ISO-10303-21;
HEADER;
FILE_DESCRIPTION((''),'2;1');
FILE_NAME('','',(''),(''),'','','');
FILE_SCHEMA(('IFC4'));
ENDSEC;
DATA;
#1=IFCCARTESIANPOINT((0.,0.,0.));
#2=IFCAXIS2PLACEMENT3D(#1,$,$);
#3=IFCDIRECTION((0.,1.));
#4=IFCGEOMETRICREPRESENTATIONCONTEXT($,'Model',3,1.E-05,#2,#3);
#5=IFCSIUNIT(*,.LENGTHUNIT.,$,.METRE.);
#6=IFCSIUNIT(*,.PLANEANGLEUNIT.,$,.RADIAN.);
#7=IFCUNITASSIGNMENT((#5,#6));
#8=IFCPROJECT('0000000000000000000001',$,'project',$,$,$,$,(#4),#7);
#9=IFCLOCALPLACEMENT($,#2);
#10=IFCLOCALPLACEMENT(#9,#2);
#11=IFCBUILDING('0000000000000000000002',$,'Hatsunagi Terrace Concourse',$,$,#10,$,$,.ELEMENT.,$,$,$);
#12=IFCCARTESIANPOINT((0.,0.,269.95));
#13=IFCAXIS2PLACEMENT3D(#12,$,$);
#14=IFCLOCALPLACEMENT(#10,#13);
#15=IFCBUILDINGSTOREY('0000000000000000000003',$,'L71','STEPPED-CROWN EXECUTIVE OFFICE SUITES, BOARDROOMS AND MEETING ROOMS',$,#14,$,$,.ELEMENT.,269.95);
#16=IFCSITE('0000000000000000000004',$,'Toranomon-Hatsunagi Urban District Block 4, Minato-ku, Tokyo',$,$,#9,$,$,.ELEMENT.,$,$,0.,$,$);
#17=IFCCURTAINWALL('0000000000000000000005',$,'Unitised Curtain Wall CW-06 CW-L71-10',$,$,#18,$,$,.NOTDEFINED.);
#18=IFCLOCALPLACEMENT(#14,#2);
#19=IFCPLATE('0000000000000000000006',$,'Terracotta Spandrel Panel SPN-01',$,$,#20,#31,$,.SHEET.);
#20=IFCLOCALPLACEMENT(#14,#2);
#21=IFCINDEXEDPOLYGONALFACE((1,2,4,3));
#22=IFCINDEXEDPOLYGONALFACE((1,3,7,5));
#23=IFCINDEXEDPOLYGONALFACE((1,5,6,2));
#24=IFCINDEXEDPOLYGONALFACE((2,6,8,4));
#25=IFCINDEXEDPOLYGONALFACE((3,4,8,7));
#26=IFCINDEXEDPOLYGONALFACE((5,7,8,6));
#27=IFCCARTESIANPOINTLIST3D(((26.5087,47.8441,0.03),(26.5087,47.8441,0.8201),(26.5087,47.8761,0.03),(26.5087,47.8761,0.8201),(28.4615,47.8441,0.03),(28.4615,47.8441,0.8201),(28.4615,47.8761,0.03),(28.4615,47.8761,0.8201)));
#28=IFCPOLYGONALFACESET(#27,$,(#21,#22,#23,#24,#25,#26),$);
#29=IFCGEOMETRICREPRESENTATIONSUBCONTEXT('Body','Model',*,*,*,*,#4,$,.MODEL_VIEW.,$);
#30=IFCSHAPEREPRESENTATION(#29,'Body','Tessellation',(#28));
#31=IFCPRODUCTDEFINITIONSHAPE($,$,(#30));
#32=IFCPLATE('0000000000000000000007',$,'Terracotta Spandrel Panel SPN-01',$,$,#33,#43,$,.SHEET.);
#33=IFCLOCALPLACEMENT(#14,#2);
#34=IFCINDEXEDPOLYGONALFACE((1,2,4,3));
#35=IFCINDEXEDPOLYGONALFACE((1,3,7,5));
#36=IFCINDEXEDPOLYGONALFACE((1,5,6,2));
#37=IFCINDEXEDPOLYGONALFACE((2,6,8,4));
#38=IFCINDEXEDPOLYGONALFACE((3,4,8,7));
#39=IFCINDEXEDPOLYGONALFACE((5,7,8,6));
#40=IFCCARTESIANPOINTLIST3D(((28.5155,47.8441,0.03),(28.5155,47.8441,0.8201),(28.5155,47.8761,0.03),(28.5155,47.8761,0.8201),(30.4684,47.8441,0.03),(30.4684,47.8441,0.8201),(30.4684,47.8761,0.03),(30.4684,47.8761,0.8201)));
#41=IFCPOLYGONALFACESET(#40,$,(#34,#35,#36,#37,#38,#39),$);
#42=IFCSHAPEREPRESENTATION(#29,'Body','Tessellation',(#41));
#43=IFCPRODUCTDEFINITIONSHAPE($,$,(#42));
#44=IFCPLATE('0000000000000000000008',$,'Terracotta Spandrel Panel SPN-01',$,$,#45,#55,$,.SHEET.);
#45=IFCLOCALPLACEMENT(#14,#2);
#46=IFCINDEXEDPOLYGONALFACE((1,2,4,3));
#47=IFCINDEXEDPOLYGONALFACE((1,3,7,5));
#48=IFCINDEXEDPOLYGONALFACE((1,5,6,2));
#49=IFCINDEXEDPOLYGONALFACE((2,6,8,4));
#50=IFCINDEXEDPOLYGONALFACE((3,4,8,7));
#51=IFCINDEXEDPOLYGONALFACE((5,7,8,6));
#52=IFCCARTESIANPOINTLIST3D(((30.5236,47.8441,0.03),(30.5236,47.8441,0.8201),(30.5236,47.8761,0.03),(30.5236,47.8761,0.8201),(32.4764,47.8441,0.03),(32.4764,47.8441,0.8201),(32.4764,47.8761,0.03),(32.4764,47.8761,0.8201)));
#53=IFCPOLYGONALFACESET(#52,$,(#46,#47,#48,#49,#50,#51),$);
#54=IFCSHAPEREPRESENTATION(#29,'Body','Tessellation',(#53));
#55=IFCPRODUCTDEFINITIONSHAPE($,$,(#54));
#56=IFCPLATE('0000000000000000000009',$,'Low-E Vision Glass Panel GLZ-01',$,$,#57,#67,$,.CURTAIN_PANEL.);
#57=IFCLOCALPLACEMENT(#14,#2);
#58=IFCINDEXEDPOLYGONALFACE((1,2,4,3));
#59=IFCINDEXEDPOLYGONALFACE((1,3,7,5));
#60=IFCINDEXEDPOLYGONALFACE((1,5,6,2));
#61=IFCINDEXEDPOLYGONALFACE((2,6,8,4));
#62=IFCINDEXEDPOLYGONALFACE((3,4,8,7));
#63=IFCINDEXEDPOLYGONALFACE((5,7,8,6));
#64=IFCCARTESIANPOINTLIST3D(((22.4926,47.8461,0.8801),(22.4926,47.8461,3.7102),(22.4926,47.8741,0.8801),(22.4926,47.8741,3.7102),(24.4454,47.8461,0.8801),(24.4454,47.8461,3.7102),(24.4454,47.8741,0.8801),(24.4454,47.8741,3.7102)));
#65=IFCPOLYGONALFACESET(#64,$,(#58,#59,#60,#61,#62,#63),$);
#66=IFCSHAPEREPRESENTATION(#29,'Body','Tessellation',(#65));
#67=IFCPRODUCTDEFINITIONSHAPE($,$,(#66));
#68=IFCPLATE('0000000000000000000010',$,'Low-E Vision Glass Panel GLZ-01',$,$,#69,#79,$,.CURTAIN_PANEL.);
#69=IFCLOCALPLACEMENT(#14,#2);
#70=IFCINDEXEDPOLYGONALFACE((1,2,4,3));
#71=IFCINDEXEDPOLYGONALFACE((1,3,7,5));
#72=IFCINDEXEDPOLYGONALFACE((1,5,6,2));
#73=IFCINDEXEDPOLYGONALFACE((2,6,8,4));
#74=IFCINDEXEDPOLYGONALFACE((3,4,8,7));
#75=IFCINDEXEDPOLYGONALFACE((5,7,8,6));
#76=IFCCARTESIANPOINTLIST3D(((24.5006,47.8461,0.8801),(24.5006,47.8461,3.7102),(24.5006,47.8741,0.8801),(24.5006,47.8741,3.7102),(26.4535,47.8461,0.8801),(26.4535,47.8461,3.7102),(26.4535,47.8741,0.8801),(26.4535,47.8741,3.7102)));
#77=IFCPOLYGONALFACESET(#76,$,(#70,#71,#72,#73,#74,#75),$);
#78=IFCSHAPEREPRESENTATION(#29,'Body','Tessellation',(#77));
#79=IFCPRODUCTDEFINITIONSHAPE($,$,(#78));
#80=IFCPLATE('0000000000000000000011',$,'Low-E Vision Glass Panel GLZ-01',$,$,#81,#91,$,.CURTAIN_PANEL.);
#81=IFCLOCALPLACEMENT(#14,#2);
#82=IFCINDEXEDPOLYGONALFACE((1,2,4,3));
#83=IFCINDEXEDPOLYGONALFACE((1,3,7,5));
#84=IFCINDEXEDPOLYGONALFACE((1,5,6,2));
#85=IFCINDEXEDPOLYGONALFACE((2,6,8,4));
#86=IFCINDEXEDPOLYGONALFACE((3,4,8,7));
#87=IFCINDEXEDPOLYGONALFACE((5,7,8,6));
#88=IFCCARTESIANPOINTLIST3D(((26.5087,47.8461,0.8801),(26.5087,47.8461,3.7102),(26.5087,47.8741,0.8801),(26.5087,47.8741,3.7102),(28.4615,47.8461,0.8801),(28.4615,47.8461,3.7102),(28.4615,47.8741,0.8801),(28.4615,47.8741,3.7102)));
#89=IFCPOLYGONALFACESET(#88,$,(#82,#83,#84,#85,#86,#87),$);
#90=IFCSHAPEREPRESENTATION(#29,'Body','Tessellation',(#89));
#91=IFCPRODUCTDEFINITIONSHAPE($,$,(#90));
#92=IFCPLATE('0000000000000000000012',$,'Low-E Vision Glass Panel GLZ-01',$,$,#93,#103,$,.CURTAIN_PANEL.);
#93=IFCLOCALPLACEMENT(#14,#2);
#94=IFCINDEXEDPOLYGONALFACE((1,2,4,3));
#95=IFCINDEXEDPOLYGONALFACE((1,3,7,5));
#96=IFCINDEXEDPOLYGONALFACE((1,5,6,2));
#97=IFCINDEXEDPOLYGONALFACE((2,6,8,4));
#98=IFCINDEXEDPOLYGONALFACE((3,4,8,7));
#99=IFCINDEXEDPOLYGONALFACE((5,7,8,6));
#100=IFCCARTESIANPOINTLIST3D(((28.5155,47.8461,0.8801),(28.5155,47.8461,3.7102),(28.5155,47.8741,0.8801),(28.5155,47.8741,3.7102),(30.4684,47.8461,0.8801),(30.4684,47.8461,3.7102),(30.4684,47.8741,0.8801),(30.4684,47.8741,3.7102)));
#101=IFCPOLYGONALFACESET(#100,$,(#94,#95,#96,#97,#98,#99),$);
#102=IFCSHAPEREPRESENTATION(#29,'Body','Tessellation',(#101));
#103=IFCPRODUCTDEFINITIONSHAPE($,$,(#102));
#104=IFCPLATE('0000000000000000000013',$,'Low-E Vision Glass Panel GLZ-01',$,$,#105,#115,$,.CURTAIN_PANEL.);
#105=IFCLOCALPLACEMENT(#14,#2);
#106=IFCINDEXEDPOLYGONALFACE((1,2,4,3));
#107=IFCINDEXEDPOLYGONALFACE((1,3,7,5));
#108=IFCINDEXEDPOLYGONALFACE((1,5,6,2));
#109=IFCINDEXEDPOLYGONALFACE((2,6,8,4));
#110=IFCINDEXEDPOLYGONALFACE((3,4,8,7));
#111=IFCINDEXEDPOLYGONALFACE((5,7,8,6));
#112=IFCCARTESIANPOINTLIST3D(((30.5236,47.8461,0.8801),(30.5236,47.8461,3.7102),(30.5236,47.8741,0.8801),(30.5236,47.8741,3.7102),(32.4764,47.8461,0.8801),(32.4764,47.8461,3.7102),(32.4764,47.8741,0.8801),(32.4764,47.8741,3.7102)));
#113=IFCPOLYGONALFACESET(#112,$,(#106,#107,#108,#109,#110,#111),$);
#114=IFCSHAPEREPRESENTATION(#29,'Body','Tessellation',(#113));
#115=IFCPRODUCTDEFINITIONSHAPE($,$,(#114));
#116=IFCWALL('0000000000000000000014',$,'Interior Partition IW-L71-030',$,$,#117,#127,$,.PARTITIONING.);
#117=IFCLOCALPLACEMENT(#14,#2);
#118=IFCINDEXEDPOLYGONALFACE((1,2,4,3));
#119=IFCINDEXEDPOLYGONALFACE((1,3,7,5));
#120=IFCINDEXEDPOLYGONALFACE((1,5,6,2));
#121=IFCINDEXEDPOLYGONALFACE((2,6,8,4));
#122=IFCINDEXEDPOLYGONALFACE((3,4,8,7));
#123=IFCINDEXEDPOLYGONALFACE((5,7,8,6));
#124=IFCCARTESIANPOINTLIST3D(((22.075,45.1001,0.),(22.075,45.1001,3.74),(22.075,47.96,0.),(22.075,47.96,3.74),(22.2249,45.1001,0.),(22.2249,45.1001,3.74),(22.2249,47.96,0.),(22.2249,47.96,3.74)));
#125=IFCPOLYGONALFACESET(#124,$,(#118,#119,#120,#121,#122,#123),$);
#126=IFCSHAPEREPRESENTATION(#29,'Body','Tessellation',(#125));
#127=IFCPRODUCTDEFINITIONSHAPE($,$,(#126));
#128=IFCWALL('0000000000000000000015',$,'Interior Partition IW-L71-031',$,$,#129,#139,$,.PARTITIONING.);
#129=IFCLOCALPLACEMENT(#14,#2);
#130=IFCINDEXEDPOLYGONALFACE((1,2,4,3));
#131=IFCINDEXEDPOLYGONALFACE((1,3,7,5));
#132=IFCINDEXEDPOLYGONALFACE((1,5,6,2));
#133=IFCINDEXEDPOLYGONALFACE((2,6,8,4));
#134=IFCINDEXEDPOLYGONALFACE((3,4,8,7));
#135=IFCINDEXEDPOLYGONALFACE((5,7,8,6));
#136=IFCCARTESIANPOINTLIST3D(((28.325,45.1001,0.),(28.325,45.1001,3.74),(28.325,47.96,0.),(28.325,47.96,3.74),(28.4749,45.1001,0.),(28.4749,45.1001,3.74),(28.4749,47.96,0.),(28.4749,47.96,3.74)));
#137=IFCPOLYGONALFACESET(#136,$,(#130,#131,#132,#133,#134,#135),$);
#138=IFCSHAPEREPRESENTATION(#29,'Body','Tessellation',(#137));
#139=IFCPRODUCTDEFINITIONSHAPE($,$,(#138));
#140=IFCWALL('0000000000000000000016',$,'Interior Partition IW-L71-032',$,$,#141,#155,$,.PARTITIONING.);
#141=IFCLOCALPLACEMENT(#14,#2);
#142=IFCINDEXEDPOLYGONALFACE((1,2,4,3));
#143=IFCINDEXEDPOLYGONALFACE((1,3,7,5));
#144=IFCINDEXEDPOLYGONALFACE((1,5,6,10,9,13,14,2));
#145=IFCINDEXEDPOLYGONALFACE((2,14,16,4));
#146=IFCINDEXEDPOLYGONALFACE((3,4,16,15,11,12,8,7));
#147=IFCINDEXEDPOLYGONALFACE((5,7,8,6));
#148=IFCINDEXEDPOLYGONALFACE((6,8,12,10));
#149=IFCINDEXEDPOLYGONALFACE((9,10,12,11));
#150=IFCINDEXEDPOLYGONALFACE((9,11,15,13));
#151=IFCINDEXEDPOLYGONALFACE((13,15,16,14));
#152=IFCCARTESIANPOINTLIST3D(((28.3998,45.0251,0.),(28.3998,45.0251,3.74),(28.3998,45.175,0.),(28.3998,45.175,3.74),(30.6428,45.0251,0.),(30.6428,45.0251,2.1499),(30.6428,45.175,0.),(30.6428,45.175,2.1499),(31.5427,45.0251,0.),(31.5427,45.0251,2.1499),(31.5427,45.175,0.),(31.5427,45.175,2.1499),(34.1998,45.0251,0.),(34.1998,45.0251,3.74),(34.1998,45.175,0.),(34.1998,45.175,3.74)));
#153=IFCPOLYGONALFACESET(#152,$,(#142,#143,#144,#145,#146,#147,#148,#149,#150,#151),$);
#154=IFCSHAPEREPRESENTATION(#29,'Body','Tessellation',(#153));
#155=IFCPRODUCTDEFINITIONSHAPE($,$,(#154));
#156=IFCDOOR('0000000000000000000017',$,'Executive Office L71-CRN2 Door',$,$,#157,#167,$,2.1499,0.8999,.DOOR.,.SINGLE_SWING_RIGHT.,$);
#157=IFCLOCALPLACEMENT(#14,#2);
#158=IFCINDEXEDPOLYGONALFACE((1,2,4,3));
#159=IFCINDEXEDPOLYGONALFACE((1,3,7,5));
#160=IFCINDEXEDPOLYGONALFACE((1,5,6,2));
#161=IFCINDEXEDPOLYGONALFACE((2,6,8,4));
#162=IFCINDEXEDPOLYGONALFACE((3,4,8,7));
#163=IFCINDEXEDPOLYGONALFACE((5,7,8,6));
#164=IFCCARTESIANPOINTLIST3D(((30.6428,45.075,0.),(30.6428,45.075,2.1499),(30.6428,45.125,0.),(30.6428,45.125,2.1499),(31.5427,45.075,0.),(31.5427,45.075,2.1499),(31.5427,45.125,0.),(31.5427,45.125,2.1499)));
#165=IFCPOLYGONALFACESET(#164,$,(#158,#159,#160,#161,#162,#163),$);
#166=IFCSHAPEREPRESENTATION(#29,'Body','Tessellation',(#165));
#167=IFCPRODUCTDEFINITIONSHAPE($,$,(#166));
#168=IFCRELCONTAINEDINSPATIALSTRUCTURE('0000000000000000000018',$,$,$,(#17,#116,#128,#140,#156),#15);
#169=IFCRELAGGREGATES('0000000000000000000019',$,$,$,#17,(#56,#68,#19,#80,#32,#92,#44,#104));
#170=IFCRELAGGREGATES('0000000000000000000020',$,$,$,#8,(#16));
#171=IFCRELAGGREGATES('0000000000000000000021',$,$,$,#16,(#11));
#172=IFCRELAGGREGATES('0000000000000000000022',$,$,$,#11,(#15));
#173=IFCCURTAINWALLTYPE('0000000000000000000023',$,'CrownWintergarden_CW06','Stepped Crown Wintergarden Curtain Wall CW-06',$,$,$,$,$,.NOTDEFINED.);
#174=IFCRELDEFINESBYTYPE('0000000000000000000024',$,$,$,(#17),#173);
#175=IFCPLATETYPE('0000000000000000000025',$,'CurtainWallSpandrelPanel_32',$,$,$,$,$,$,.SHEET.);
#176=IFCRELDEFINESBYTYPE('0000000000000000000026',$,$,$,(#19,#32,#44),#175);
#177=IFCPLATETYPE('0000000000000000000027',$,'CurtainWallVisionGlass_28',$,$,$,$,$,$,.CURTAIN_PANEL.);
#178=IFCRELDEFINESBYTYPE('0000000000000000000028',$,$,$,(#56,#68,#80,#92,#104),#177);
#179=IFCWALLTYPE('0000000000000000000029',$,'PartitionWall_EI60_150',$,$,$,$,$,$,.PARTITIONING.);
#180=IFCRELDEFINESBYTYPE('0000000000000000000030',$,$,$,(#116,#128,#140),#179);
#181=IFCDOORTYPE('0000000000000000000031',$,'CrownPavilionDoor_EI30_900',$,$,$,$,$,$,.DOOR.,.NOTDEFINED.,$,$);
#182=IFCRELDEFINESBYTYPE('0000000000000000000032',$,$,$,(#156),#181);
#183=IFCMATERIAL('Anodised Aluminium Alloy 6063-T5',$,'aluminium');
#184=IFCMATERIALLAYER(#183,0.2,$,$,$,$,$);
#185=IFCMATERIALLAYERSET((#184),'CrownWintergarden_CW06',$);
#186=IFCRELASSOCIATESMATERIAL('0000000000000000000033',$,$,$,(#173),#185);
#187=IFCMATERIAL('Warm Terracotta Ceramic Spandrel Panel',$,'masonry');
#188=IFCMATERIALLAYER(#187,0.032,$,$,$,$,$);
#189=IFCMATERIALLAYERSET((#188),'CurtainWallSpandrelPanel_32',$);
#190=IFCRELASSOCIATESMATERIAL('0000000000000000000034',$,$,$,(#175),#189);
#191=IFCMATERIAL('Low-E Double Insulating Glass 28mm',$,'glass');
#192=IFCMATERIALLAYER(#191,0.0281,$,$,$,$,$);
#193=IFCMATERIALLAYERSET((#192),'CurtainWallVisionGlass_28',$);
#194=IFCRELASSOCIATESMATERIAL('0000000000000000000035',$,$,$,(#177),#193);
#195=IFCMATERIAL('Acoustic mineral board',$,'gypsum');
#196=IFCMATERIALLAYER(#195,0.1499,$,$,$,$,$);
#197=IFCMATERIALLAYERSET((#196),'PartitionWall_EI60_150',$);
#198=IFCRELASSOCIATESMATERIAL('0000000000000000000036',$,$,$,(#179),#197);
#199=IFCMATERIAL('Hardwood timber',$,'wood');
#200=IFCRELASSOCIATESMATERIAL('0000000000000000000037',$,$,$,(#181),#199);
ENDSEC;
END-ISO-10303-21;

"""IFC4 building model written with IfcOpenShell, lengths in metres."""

from ifc_helpers import new_model, si_unit, direction, frame, frame_2d, origin, origin_2d, place, context, subcontext, project, spatial, rectangle, extrude, material, layer, layer_set, type_object, element, fill, aggregate, save


model = new_model("IFC4")

# Units and contexts
model_context = context("Model", 3, precision=1e-05, world=origin(), true_north=direction((0.0, 1.0)))
body_context = subcontext(model_context, "Body", "Model", "MODEL_VIEW")
ifc_project = project(units=[si_unit("LENGTHUNIT", "METRE"), si_unit("PLANEANGLEUNIT", "RADIAN")], contexts=[model_context])

# Site, building, storey
site_placement = place(None, origin())
site = spatial("IfcSite", under=ifc_project, at=site_placement, Name="Toranomon-Hatsunagi Urban District Block 4, Minato-ku, Tokyo", CompositionType="ELEMENT", RefElevation=0.0)
building_placement = place(site_placement, origin())
building = spatial("IfcBuilding", under=site, at=building_placement, Name="Hatsunagi Terrace Concourse", CompositionType="ELEMENT")
storey_placement = place(building_placement, frame((0.0, 0.0, 269.95)))
storey = spatial("IfcBuildingStorey", under=building, at=storey_placement, Name="L71", Description="STEPPED-CROWN EXECUTIVE OFFICE SUITES, BOARDROOMS AND MEETING ROOMS", CompositionType="ELEMENT", Elevation=269.95)

# Curtain wall
ifc_material_1 = material(Name="Anodised Aluminium Alloy 6063-T5", Category="aluminium")
ifc_layer_1 = layer(ifc_material_1, 0.2)
ifc_layer_set_1 = layer_set([ifc_layer_1], Name="CrownWintergarden_CW06")
curtain_wall_type = type_object("IfcCurtainWallType", Name="CrownWintergarden_CW06", Description="Stepped Crown Wintergarden Curtain Wall CW-06", PredefinedType="NOTDEFINED", material=ifc_layer_set_1)
curtain_wall_placement = place(storey_placement, origin())
curtain_wall = element("IfcCurtainWall", 1, at=curtain_wall_placement, inside=storey, type_object=curtain_wall_type, Name="Unitised Curtain Wall CW-06 CW-L71-10", PredefinedType="NOTDEFINED")

# Plates
ifc_material_2 = material(Name="Warm Terracotta Ceramic Spandrel Panel", Category="masonry")
ifc_layer_2 = layer(ifc_material_2, 0.032)
ifc_layer_set_2 = layer_set([ifc_layer_2], Name="CurtainWallSpandrelPanel_32")
plate_type_1 = type_object("IfcPlateType", Name="CurtainWallSpandrelPanel_32", PredefinedType="SHEET", material=ifc_layer_set_2)
plate_1_placement = place(storey_placement, frame((27.4851, 47.8601, 0.03), z_axis=(0.0, 0.0, 1.0), x_axis=(1.0, 0.0, 0.0)))
plate_1 = element("IfcPlate", 2, at=plate_1_placement, type_object=plate_type_1, Name="Terracotta Spandrel Panel SPN-01", PredefinedType="SHEET", context=body_context, shape_type="SweptSolid", body=[
    extrude(rectangle(XDim=1.9529, YDim=0.032, at=origin_2d()), origin(), (0.0, 0.0, 1.0), 0.79),
])
plate_2_placement = place(storey_placement, frame((29.4919, 47.8601, 0.03), z_axis=(0.0, 0.0, 1.0), x_axis=(1.0, 0.0, 0.0)))
plate_2 = element("IfcPlate", 3, at=plate_2_placement, type_object=plate_type_1, Name="Terracotta Spandrel Panel SPN-01", PredefinedType="SHEET", context=body_context, shape_type="SweptSolid", body=[
    extrude(rectangle(XDim=1.9529, YDim=0.032, at=origin_2d()), origin(), (0.0, 0.0, 1.0), 0.79),
])
plate_3_placement = place(storey_placement, frame((31.5, 47.8601, 0.03), z_axis=(0.0, 0.0, 1.0), x_axis=(1.0, 0.0, 0.0)))
plate_3 = element("IfcPlate", 4, at=plate_3_placement, type_object=plate_type_1, Name="Terracotta Spandrel Panel SPN-01", PredefinedType="SHEET", context=body_context, shape_type="SweptSolid", body=[
    extrude(rectangle(XDim=1.9529, YDim=0.032, at=origin_2d()), origin(), (0.0, 0.0, 1.0), 0.79),
])
ifc_material_3 = material(Name="Low-E Double Insulating Glass 28mm", Category="glass")
ifc_layer_3 = layer(ifc_material_3, 0.0281)
ifc_layer_set_3 = layer_set([ifc_layer_3], Name="CurtainWallVisionGlass_28")
plate_type_2 = type_object("IfcPlateType", Name="CurtainWallVisionGlass_28", PredefinedType="CURTAIN_PANEL", material=ifc_layer_set_3)
plate_4_placement = place(storey_placement, frame((23.469, 47.8601, 0.8801), z_axis=(0.0, 0.0, 1.0), x_axis=(1.0, 0.0, 0.0)))
plate_4 = element("IfcPlate", 5, at=plate_4_placement, type_object=plate_type_2, Name="Low-E Vision Glass Panel GLZ-01", PredefinedType="CURTAIN_PANEL", context=body_context, shape_type="SweptSolid", body=[
    extrude(rectangle(XDim=1.9529, YDim=0.0281, at=origin_2d()), origin(), (0.0, 0.0, 1.0), 2.8301),
])
plate_5_placement = place(storey_placement, frame((25.4771, 47.8601, 0.8801), z_axis=(0.0, 0.0, 1.0), x_axis=(1.0, 0.0, 0.0)))
plate_5 = element("IfcPlate", 6, at=plate_5_placement, type_object=plate_type_2, Name="Low-E Vision Glass Panel GLZ-01", PredefinedType="CURTAIN_PANEL", context=body_context, shape_type="SweptSolid", body=[
    extrude(rectangle(XDim=1.9529, YDim=0.0281, at=origin_2d()), origin(), (0.0, 0.0, 1.0), 2.8301),
])
plate_6_placement = place(storey_placement, frame((27.4851, 47.8601, 0.8801), z_axis=(0.0, 0.0, 1.0), x_axis=(1.0, 0.0, 0.0)))
plate_6 = element("IfcPlate", 7, at=plate_6_placement, type_object=plate_type_2, Name="Low-E Vision Glass Panel GLZ-01", PredefinedType="CURTAIN_PANEL", context=body_context, shape_type="SweptSolid", body=[
    extrude(rectangle(XDim=1.9529, YDim=0.0281, at=origin_2d()), origin(), (0.0, 0.0, 1.0), 2.8301),
])
plate_7_placement = place(storey_placement, frame((29.4919, 47.8601, 0.8801), z_axis=(0.0, 0.0, 1.0), x_axis=(1.0, 0.0, 0.0)))
plate_7 = element("IfcPlate", 8, at=plate_7_placement, type_object=plate_type_2, Name="Low-E Vision Glass Panel GLZ-01", PredefinedType="CURTAIN_PANEL", context=body_context, shape_type="SweptSolid", body=[
    extrude(rectangle(XDim=1.9529, YDim=0.0281, at=origin_2d()), origin(), (0.0, 0.0, 1.0), 2.8301),
])
plate_8_placement = place(storey_placement, frame((31.5, 47.8601, 0.8801), z_axis=(0.0, 0.0, 1.0), x_axis=(1.0, 0.0, 0.0)))
plate_8 = element("IfcPlate", 9, at=plate_8_placement, type_object=plate_type_2, Name="Low-E Vision Glass Panel GLZ-01", PredefinedType="CURTAIN_PANEL", context=body_context, shape_type="SweptSolid", body=[
    extrude(rectangle(XDim=1.9529, YDim=0.0281, at=origin_2d()), origin(), (0.0, 0.0, 1.0), 2.8301),
])
aggregate(curtain_wall, [plate_4, plate_5, plate_1, plate_6, plate_2, plate_7, plate_3, plate_8])

# Walls
ifc_material_4 = material(Name="Acoustic mineral board", Category="gypsum")
ifc_layer_4 = layer(ifc_material_4, 0.1499)
ifc_layer_set_4 = layer_set([ifc_layer_4], Name="PartitionWall_EI60_150")
wall_type = type_object("IfcWallType", Name="PartitionWall_EI60_150", PredefinedType="PARTITIONING", material=ifc_layer_set_4)
for number, where, z_axis, x_axis, name in (
    (10, (22.1499, 45.1001, 0.0), (0.0, 0.0, 1.0), (0.0, 1.0, 0.0), "Interior Partition IW-L71-030"),
    (11, (28.3999, 45.1001, 0.0), (0.0, 0.0, 1.0), (0.0, 1.0, 0.0), "Interior Partition IW-L71-031"),
):
    element("IfcWall", number, at=place(storey_placement, frame(where, z_axis=z_axis, x_axis=x_axis)), inside=storey, type_object=wall_type, Name=name, PredefinedType="PARTITIONING", context=body_context, shape_type="SweptSolid", body=[
        extrude(rectangle(XDim=2.8599, YDim=0.1499, at=frame_2d((1.4299, 0.0))), origin(), (0.0, 0.0, 1.0), 3.74),
    ])

# Wall, opening, door
wall_placement = place(storey_placement, frame((28.3999, 45.1001, 0.0), z_axis=(0.0, 0.0, 1.0), x_axis=(1.0, 0.0, 0.0)))
wall = element("IfcWall", 12, at=wall_placement, inside=storey, type_object=wall_type, Name="Interior Partition IW-L71-032", PredefinedType="PARTITIONING", context=body_context, shape_type="SweptSolid", body=[
    extrude(rectangle(XDim=5.8, YDim=0.1499, at=frame_2d((2.8999, 0.0))), origin(), (0.0, 0.0, 1.0), 3.74),
])
opening_placement = place(wall_placement, frame((2.2429, 0.0, 0.0)))
opening = element("IfcOpeningElement", 13, at=opening_placement, cuts=wall, PredefinedType="OPENING", context=body_context, shape_type="SweptSolid", body=[
    extrude(rectangle(XDim=0.8999, YDim=2.1499, at=frame_2d((0.45, 1.075))), frame((0.0, 0.085, 0.0), z_axis=(0.0, -1.0, 0.0), x_axis=(1.0, 0.0, 0.0)), (0.0, 0.0, 1.0), 0.1699),
])
ifc_material_5 = material(Name="Hardwood timber", Category="wood")
door_type = type_object("IfcDoorType", Name="CrownPavilionDoor_EI30_900", OperationType="NOTDEFINED", PredefinedType="DOOR", material=ifc_material_5)
door_placement = place(opening_placement, origin())
door = element("IfcDoor", 14, at=door_placement, inside=storey, type_object=door_type, Name="Executive Office L71-CRN2 Door", OperationType="SINGLE_SWING_RIGHT", OverallHeight=2.1499, OverallWidth=0.8999, PredefinedType="DOOR", context=body_context, shape_type="SweptSolid", body=[
    extrude(rectangle(XDim=0.8999, YDim=2.1499, at=frame_2d((0.45, 1.075))), frame((0.0, 0.0249, 0.0), z_axis=(0.0, -1.0, 0.0), x_axis=(1.0, 0.0, 0.0)), (0.0, 0.0, 1.0), 0.05),
])
fill(opening, door)

save(model, "model.ifc")
